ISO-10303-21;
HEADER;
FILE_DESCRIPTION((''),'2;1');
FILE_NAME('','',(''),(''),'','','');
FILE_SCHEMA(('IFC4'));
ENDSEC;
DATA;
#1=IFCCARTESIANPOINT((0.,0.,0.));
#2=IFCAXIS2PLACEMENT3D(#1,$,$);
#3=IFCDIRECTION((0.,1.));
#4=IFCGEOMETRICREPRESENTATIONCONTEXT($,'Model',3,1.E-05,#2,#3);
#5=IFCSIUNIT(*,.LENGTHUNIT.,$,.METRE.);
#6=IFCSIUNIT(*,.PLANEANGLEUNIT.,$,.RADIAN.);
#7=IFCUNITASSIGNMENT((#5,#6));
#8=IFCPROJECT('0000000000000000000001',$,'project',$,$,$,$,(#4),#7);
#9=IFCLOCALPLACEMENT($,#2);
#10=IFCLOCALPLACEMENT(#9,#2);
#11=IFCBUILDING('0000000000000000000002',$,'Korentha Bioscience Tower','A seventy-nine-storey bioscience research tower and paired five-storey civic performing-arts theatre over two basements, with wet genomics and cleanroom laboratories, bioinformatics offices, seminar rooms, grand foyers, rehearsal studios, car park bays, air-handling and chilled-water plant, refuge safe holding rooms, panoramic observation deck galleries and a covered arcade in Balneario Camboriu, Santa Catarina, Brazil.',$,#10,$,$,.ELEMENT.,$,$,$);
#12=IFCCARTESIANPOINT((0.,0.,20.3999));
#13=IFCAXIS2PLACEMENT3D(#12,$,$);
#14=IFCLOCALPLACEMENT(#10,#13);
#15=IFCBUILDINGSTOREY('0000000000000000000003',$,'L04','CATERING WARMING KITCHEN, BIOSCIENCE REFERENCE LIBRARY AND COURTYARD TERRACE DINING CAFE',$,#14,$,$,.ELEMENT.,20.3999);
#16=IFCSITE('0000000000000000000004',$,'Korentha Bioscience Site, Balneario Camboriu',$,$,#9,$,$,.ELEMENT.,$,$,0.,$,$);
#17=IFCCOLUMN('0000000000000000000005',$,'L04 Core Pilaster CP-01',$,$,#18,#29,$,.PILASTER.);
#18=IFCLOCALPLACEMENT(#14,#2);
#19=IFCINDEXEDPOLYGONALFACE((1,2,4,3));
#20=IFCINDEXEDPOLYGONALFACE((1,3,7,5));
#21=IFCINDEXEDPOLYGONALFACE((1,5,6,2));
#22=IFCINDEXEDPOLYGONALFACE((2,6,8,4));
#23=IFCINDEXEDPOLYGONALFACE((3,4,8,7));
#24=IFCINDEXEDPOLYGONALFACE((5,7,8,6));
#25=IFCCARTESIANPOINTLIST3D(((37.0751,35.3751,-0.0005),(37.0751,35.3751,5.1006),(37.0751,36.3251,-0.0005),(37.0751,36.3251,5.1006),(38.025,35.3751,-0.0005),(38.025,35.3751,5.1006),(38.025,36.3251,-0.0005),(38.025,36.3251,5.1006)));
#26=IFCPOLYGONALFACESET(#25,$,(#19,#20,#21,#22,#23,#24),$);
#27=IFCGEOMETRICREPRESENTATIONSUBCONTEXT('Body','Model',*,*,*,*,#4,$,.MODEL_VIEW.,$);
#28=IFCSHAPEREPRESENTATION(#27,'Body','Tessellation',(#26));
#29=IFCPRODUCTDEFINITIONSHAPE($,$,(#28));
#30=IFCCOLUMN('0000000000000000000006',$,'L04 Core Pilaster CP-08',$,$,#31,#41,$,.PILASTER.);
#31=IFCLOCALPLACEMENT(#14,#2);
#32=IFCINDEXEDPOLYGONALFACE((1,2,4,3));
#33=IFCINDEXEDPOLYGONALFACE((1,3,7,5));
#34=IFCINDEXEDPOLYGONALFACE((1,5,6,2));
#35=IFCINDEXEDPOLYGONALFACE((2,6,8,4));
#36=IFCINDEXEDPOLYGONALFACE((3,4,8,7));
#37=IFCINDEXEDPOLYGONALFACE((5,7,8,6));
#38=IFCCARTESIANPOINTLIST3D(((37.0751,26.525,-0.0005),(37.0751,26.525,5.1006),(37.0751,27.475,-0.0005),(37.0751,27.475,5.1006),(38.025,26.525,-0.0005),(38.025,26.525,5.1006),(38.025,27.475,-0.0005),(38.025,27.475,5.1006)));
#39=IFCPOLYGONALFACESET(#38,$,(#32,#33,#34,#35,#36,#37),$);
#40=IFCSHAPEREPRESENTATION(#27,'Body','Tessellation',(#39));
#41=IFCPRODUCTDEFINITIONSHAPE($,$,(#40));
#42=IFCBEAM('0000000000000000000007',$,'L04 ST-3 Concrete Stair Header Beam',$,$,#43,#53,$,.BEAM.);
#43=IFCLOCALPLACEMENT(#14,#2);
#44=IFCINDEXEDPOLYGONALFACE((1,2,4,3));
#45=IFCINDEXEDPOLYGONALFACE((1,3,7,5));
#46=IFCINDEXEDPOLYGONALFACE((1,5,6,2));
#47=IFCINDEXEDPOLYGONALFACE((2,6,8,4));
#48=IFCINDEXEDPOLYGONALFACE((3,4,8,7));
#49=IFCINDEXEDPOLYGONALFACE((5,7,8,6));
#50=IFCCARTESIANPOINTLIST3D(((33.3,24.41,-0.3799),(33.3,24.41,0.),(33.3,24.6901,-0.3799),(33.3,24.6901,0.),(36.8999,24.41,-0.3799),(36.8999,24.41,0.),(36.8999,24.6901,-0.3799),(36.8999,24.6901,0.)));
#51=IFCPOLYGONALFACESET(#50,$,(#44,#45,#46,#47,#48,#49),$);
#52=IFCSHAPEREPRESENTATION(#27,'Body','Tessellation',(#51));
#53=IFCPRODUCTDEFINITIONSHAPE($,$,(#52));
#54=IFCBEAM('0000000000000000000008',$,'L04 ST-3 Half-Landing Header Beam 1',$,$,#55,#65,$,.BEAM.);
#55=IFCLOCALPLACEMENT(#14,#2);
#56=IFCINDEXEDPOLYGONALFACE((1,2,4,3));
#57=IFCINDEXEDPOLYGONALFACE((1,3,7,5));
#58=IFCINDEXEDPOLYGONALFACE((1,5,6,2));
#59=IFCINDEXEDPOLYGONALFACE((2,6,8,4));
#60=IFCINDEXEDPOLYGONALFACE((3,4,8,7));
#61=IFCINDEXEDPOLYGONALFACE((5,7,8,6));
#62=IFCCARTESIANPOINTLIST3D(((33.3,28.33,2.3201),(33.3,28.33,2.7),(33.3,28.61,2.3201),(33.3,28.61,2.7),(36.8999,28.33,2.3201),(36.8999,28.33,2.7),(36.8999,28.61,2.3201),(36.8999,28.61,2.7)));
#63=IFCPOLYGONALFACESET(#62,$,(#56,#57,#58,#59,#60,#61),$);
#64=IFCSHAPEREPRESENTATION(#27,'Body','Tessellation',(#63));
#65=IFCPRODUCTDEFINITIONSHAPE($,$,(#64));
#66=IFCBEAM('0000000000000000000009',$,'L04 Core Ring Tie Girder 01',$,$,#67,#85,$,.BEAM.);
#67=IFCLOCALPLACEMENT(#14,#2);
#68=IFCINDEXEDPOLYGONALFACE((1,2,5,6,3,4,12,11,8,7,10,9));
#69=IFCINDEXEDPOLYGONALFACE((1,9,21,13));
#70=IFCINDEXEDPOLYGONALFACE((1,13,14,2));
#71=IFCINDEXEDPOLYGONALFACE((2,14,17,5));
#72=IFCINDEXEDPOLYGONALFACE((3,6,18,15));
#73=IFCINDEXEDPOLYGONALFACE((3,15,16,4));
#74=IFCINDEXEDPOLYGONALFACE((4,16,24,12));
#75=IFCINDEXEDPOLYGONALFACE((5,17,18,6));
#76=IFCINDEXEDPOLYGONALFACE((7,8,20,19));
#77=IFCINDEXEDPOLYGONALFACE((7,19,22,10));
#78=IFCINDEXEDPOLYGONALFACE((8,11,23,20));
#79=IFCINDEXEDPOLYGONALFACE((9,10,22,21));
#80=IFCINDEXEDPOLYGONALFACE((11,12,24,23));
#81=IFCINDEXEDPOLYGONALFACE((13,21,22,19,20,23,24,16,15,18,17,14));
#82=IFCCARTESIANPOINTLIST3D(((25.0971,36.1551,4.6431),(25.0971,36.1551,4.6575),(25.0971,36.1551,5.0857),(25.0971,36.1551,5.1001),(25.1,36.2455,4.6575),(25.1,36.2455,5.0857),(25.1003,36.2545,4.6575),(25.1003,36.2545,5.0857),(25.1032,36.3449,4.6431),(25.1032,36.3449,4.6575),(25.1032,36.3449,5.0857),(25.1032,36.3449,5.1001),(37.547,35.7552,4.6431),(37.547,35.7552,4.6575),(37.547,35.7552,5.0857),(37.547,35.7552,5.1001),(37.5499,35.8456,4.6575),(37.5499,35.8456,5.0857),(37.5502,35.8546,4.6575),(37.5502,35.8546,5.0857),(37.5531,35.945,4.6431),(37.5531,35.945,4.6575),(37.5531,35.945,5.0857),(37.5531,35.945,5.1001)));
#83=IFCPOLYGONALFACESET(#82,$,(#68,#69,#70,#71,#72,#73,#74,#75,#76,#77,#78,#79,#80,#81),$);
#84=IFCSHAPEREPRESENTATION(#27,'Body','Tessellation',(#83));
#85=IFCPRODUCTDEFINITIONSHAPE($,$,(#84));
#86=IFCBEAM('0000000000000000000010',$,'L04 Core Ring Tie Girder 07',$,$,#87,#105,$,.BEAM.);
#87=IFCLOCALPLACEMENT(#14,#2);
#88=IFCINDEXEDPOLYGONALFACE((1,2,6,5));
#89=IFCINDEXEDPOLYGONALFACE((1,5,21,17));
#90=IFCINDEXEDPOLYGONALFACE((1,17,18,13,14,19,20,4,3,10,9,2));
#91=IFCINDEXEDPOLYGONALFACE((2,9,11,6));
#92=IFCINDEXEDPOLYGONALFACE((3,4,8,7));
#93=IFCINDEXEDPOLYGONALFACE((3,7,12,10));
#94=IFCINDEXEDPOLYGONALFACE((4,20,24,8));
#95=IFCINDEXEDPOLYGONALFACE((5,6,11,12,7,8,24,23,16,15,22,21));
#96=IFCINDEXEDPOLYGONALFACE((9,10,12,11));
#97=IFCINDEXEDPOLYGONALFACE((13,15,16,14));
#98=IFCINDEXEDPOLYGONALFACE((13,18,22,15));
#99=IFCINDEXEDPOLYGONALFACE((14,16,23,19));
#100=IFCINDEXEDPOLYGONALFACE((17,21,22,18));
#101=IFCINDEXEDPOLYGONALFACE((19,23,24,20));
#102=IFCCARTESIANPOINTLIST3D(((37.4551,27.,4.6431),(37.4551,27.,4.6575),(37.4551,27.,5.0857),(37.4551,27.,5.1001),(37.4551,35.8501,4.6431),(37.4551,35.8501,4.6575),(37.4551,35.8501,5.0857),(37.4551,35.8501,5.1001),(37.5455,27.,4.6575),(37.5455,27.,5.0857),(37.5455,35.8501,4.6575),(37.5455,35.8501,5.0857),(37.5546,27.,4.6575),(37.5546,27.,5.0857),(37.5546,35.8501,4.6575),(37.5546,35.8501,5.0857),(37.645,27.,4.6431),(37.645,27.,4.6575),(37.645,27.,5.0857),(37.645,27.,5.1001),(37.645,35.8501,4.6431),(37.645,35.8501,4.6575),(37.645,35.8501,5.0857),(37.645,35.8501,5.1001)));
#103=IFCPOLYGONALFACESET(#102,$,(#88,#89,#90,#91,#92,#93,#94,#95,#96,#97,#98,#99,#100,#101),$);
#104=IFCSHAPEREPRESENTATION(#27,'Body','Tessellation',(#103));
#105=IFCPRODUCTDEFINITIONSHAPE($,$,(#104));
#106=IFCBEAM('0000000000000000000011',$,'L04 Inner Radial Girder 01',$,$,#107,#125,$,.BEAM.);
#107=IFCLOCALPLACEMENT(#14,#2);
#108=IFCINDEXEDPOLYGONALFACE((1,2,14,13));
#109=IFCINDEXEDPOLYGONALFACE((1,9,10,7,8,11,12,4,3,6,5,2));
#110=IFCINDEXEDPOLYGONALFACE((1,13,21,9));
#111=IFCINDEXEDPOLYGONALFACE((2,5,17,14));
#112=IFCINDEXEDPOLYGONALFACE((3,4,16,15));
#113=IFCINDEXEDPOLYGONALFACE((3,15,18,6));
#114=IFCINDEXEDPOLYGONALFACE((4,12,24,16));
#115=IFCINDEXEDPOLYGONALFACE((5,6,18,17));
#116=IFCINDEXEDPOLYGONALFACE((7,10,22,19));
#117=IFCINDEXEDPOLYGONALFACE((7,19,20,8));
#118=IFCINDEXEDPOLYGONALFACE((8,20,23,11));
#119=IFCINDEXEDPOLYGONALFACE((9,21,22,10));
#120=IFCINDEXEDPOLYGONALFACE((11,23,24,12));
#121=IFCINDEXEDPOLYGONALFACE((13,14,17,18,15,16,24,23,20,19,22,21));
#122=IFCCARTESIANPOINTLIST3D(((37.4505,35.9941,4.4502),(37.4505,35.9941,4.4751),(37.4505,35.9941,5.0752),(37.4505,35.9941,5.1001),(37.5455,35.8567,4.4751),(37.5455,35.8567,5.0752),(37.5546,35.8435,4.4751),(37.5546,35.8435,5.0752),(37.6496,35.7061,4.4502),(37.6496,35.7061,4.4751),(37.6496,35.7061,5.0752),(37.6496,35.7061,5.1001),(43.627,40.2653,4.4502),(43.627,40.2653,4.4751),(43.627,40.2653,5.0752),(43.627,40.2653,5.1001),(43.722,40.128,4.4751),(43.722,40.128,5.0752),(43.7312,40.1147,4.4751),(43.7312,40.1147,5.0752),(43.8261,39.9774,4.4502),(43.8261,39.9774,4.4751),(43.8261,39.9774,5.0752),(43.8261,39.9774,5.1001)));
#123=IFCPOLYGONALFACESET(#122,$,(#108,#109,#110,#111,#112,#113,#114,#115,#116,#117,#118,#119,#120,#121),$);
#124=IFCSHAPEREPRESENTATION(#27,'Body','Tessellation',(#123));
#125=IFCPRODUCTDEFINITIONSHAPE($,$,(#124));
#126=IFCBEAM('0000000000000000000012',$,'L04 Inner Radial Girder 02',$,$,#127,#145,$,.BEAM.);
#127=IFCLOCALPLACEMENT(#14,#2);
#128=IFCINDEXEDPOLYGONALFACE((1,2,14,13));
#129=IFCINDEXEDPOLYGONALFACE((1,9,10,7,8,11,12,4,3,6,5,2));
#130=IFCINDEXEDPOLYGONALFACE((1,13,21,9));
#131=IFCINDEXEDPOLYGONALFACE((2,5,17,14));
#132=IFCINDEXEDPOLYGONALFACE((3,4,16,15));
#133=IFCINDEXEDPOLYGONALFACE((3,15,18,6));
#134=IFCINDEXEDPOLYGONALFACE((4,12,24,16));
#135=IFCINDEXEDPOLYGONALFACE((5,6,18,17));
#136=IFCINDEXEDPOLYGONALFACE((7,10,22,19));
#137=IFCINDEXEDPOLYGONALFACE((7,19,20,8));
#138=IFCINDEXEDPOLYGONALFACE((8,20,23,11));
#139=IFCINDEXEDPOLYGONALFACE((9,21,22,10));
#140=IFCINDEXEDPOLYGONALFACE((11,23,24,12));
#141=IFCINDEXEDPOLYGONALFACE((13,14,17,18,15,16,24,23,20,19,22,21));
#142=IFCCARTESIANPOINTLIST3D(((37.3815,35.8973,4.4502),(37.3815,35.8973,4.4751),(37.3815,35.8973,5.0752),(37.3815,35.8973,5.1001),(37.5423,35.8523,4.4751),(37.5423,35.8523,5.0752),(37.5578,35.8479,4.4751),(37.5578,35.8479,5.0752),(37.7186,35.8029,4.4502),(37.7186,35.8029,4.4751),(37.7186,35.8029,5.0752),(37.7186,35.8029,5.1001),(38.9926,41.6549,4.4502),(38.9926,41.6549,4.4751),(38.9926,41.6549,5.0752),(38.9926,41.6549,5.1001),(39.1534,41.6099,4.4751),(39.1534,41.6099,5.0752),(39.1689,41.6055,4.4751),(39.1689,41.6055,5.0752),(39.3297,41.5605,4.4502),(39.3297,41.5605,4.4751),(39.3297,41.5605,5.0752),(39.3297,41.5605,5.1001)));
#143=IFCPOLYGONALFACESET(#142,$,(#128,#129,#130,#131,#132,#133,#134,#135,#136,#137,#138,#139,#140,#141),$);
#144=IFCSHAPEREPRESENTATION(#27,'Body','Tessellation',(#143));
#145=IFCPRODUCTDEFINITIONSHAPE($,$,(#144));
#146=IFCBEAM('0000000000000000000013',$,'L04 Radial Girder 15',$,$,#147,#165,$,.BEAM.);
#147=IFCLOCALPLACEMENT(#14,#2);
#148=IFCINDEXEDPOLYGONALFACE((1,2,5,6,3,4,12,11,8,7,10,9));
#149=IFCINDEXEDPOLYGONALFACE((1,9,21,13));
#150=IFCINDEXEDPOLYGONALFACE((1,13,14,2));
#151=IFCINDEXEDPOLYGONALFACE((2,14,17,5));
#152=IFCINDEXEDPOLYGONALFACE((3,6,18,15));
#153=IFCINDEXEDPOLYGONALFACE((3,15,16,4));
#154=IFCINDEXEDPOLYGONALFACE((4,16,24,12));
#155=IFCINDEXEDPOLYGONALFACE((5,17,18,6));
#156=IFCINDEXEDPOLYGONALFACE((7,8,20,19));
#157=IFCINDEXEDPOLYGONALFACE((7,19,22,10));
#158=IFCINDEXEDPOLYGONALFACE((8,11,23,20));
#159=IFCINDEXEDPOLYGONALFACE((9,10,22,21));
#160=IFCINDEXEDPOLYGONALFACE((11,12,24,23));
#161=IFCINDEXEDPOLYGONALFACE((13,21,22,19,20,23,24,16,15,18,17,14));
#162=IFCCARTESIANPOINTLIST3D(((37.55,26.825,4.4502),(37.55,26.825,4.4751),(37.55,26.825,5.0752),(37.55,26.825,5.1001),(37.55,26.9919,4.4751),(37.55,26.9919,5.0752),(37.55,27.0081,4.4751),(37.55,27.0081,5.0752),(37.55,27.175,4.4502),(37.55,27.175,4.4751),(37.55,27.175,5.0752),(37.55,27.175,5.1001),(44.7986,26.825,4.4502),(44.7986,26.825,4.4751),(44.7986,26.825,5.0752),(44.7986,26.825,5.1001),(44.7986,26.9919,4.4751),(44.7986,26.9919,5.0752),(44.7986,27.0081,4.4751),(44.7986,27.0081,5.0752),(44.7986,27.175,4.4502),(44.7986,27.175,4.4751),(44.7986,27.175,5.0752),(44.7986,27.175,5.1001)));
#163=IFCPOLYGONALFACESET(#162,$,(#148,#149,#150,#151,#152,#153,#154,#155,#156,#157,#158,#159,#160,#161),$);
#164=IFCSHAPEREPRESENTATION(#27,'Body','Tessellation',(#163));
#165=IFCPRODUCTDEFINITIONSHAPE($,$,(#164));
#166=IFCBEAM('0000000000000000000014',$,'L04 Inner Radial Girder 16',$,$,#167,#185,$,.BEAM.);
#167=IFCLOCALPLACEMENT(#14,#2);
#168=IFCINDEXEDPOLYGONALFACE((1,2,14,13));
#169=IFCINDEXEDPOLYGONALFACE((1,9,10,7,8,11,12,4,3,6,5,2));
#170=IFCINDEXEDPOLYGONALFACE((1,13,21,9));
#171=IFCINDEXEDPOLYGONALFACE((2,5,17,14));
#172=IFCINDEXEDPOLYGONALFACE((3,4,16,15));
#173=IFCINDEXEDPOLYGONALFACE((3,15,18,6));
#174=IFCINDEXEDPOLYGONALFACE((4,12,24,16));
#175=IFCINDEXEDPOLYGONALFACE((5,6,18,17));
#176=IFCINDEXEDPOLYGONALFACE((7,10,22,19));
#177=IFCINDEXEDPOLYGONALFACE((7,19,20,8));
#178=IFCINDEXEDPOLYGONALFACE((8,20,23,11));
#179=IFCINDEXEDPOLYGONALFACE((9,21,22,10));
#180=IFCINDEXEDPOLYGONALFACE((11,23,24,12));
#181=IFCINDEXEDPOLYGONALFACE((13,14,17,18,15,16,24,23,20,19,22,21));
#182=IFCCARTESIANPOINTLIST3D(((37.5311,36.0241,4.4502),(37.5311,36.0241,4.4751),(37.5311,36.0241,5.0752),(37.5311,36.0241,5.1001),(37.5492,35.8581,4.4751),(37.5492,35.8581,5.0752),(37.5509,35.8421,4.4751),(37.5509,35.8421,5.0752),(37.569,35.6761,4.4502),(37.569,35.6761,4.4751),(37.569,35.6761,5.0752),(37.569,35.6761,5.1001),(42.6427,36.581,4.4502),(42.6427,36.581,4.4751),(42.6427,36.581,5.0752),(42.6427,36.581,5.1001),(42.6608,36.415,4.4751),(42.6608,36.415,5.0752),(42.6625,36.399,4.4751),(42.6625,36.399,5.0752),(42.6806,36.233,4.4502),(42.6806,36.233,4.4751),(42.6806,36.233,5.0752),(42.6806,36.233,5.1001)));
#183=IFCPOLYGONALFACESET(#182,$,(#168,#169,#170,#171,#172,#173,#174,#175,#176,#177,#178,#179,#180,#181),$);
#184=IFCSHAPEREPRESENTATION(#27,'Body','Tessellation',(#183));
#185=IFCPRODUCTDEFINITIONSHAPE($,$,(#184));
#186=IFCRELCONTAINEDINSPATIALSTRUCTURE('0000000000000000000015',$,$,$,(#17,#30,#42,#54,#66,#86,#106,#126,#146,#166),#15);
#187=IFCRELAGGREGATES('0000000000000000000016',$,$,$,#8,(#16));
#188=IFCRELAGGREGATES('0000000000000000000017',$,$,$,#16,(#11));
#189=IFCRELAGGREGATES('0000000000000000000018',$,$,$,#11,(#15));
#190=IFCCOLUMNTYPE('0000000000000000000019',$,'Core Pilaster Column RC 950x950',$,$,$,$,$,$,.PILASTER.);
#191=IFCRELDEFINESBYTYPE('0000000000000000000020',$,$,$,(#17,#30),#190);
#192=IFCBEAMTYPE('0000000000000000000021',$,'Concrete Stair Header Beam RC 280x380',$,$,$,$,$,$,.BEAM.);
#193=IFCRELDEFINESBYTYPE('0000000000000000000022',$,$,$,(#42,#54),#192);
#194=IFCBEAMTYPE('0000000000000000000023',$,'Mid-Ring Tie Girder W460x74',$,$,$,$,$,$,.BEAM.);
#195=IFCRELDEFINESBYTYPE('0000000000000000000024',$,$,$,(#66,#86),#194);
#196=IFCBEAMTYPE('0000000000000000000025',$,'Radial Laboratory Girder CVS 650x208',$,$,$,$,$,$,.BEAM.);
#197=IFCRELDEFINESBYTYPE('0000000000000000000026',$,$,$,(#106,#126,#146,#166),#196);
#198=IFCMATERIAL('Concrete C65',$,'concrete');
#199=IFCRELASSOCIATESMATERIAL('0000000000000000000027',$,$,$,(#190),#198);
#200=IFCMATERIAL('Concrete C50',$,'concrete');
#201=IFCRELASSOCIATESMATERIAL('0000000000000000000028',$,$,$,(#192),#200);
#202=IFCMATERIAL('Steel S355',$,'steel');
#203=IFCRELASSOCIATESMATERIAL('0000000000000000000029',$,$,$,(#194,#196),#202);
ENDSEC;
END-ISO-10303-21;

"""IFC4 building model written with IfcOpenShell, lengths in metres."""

from ifc_helpers import new_model, si_unit, direction, frame, origin, origin_2d, place, context, subcontext, project, spatial, rectangle, i_section, extrude, material, material_profile, profile_set, type_object, element, save


model = new_model("IFC4")

# Units and contexts
model_context = context("Model", 3, precision=1e-05, world=origin(), true_north=direction((0.0, 1.0)))
body_context = subcontext(model_context, "Body", "Model", "MODEL_VIEW")
ifc_project = project(units=[si_unit("LENGTHUNIT", "METRE"), si_unit("PLANEANGLEUNIT", "RADIAN")], contexts=[model_context])

# Site, building, storey
site_placement = place(None, origin())
site = spatial("IfcSite", under=ifc_project, at=site_placement, Name="Korentha Bioscience Site, Balneario Camboriu", CompositionType="ELEMENT", RefElevation=0.0)
building_placement = place(site_placement, origin())
building = spatial("IfcBuilding", under=site, at=building_placement, Name="Korentha Bioscience Tower", Description="A seventy-nine-storey bioscience research tower and paired five-storey civic performing-arts theatre over two basements, with wet genomics and cleanroom laboratories, bioinformatics offices, seminar rooms, grand foyers, rehearsal studios, car park bays, air-handling and chilled-water plant, refuge safe holding rooms, panoramic observation deck galleries and a covered arcade in Balneario Camboriu, Santa Catarina, Brazil.", CompositionType="ELEMENT")
storey_placement = place(building_placement, frame((0.0, 0.0, 20.3999)))
storey = spatial("IfcBuildingStorey", under=building, at=storey_placement, Name="L04", Description="CATERING WARMING KITCHEN, BIOSCIENCE REFERENCE LIBRARY AND COURTYARD TERRACE DINING CAFE", CompositionType="ELEMENT", Elevation=20.3999)

# Columns
ifc_material_1 = material(Name="Concrete C65", Category="concrete")
ifc_material_profile_1 = material_profile(ifc_material_1, rectangle(XDim=0.95, YDim=0.95, at=origin_2d()), Name="Concrete C65")
ifc_profile_set_1 = profile_set([ifc_material_profile_1], Name="Concrete C65 (COL-CP09)")
column_type = type_object("IfcColumnType", Name="Core Pilaster Column RC 950x950", PredefinedType="PILASTER", material=ifc_profile_set_1)
for number, where, z_axis, x_axis, name in (
    (1, (37.55, 35.8501, -0.0005), (0.0, 0.0, 1.0), (1.0, 0.0, 0.0), "L04 Core Pilaster CP-01"),
    (2, (37.55, 27.0, -0.0005), (0.0, 0.0, 1.0), (1.0, 0.0, 0.0), "L04 Core Pilaster CP-08"),
):
    element("IfcColumn", number, at=place(storey_placement, frame(where, z_axis=z_axis, x_axis=x_axis)), inside=storey, type_object=column_type, Name=name, PredefinedType="PILASTER", context=body_context, shape_type="SweptSolid", body=[
        extrude(rectangle(XDim=0.95, YDim=0.95, at=origin_2d()), origin(), (0.0, 0.0, 1.0), 5.1011),
    ])

# Beams
ifc_material_2 = material(Name="Concrete C50", Category="concrete")
ifc_material_profile_2 = material_profile(ifc_material_2, rectangle(XDim=0.28, YDim=0.3799, at=origin_2d()), Name="Concrete C50")
ifc_profile_set_2 = profile_set([ifc_material_profile_2], Name="Concrete C50 (ST-HB380)")
beam_type_1 = type_object("IfcBeamType", Name="Concrete Stair Header Beam RC 280x380", PredefinedType="BEAM", material=ifc_profile_set_2)
for number, where, z_axis, x_axis, name in (
    (3, (36.8999, 24.55, -0.1899), (-1.0, 0.0, 0.0), (0.0, -1.0, 0.0), "L04 ST-3 Concrete Stair Header Beam"),
    (4, (36.8999, 28.47, 2.51), (-1.0, 0.0, 0.0), (0.0, -1.0, 0.0), "L04 ST-3 Half-Landing Header Beam 1"),
):
    element("IfcBeam", number, at=place(storey_placement, frame(where, z_axis=z_axis, x_axis=x_axis)), inside=storey, type_object=beam_type_1, Name=name, PredefinedType="BEAM", context=body_context, shape_type="SweptSolid", body=[
        extrude(rectangle(XDim=0.28, YDim=0.3799, at=origin_2d()), origin(), (0.0, 0.0, 1.0), 3.5999),
    ])
ifc_material_3 = material(Name="Steel S355", Category="steel")
ifc_material_profile_3 = material_profile(ifc_material_3, i_section(OverallWidth=0.1899, OverallDepth=0.457, WebThickness=0.009, FlangeThickness=0.0144, at=origin_2d()), Name="Steel S355")
ifc_profile_set_3 = profile_set([ifc_material_profile_3], Name="Steel S355 (MB-460)")
beam_type_2 = type_object("IfcBeamType", Name="Mid-Ring Tie Girder W460x74", PredefinedType="BEAM", material=ifc_profile_set_3)
beam_1_placement = place(storey_placement, frame((37.55, 35.8501, 4.8716), z_axis=(-0.999485, 0.032104, 0.0), x_axis=(-0.032104, -0.999485, 0.0)))
element("IfcBeam", 5, at=beam_1_placement, inside=storey, type_object=beam_type_2, Name="L04 Core Ring Tie Girder 01", PredefinedType="BEAM", context=body_context, shape_type="SweptSolid", body=[
    extrude(i_section(OverallWidth=0.1899, OverallDepth=0.457, WebThickness=0.009, FlangeThickness=0.0144, at=origin_2d()), origin(), (0.0, 0.0, 1.0), 12.4563),
])
beam_2_placement = place(storey_placement, frame((37.55, 27.0, 4.8716), z_axis=(0.0, 1.0, 0.0), x_axis=(-1.0, 0.0, 0.0)))
element("IfcBeam", 6, at=beam_2_placement, inside=storey, type_object=beam_type_2, Name="L04 Core Ring Tie Girder 07", PredefinedType="BEAM", context=body_context, shape_type="SweptSolid", body=[
    extrude(i_section(OverallWidth=0.1899, OverallDepth=0.457, WebThickness=0.009, FlangeThickness=0.0144, at=origin_2d()), origin(), (0.0, 0.0, 1.0), 8.8501),
])
ifc_material_profile_4 = material_profile(ifc_material_3, i_section(OverallWidth=0.3501, OverallDepth=0.6499, WebThickness=0.0161, FlangeThickness=0.0249, at=origin_2d()), Name="Steel S355")
ifc_profile_set_4 = profile_set([ifc_material_profile_4], Name="Steel S355 (RB-650)")
beam_type_3 = type_object("IfcBeamType", Name="Radial Laboratory Girder CVS 650x208", PredefinedType="BEAM", material=ifc_profile_set_4)
beam_3_placement = place(storey_placement, frame((37.55, 35.8501, 4.7751), z_axis=(0.822492, 0.568777, 0.0), x_axis=(-0.568777, 0.822492, 0.0)))
element("IfcBeam", 7, at=beam_3_placement, inside=storey, type_object=beam_type_3, Name="L04 Inner Radial Girder 01", PredefinedType="BEAM", context=body_context, shape_type="SweptSolid", body=[
    extrude(i_section(OverallWidth=0.3501, OverallDepth=0.6499, WebThickness=0.0161, FlangeThickness=0.0249, at=origin_2d()), origin(), (0.0, 0.0, 1.0), 7.5095),
])
beam_4_placement = place(storey_placement, frame((37.55, 35.8501, 4.7751), z_axis=(0.269469, 0.963009, 0.0), x_axis=(-0.963009, 0.269469, 0.0)))
element("IfcBeam", 8, at=beam_4_placement, inside=storey, type_object=beam_type_3, Name="L04 Inner Radial Girder 02", PredefinedType="BEAM", context=body_context, shape_type="SweptSolid", body=[
    extrude(i_section(OverallWidth=0.3501, OverallDepth=0.6499, WebThickness=0.0161, FlangeThickness=0.0249, at=origin_2d()), origin(), (0.0, 0.0, 1.0), 5.9788),
])
beam_5_placement = place(storey_placement, frame((37.55, 27.0, 4.7751), z_axis=(1.0, 0.0, 0.0), x_axis=(0.0, 1.0, 0.0)))
element("IfcBeam", 9, at=beam_5_placement, inside=storey, type_object=beam_type_3, Name="L04 Radial Girder 15", PredefinedType="BEAM", context=body_context, shape_type="SweptSolid", body=[
    extrude(i_section(OverallWidth=0.3501, OverallDepth=0.6499, WebThickness=0.0161, FlangeThickness=0.0249, at=origin_2d()), origin(), (0.0, 0.0, 1.0), 7.2485),
])
beam_6_placement = place(storey_placement, frame((37.55, 35.8501, 4.7751), z_axis=(0.994118, 0.108305, 0.0), x_axis=(-0.108305, 0.994118, 0.0)))
element("IfcBeam", 10, at=beam_6_placement, inside=storey, type_object=beam_type_3, Name="L04 Inner Radial Girder 16", PredefinedType="BEAM", context=body_context, shape_type="SweptSolid", body=[
    extrude(i_section(OverallWidth=0.3501, OverallDepth=0.6499, WebThickness=0.0161, FlangeThickness=0.0249, at=origin_2d()), origin(), (0.0, 0.0, 1.0), 5.1418),
])

save(model, "model.ifc")
